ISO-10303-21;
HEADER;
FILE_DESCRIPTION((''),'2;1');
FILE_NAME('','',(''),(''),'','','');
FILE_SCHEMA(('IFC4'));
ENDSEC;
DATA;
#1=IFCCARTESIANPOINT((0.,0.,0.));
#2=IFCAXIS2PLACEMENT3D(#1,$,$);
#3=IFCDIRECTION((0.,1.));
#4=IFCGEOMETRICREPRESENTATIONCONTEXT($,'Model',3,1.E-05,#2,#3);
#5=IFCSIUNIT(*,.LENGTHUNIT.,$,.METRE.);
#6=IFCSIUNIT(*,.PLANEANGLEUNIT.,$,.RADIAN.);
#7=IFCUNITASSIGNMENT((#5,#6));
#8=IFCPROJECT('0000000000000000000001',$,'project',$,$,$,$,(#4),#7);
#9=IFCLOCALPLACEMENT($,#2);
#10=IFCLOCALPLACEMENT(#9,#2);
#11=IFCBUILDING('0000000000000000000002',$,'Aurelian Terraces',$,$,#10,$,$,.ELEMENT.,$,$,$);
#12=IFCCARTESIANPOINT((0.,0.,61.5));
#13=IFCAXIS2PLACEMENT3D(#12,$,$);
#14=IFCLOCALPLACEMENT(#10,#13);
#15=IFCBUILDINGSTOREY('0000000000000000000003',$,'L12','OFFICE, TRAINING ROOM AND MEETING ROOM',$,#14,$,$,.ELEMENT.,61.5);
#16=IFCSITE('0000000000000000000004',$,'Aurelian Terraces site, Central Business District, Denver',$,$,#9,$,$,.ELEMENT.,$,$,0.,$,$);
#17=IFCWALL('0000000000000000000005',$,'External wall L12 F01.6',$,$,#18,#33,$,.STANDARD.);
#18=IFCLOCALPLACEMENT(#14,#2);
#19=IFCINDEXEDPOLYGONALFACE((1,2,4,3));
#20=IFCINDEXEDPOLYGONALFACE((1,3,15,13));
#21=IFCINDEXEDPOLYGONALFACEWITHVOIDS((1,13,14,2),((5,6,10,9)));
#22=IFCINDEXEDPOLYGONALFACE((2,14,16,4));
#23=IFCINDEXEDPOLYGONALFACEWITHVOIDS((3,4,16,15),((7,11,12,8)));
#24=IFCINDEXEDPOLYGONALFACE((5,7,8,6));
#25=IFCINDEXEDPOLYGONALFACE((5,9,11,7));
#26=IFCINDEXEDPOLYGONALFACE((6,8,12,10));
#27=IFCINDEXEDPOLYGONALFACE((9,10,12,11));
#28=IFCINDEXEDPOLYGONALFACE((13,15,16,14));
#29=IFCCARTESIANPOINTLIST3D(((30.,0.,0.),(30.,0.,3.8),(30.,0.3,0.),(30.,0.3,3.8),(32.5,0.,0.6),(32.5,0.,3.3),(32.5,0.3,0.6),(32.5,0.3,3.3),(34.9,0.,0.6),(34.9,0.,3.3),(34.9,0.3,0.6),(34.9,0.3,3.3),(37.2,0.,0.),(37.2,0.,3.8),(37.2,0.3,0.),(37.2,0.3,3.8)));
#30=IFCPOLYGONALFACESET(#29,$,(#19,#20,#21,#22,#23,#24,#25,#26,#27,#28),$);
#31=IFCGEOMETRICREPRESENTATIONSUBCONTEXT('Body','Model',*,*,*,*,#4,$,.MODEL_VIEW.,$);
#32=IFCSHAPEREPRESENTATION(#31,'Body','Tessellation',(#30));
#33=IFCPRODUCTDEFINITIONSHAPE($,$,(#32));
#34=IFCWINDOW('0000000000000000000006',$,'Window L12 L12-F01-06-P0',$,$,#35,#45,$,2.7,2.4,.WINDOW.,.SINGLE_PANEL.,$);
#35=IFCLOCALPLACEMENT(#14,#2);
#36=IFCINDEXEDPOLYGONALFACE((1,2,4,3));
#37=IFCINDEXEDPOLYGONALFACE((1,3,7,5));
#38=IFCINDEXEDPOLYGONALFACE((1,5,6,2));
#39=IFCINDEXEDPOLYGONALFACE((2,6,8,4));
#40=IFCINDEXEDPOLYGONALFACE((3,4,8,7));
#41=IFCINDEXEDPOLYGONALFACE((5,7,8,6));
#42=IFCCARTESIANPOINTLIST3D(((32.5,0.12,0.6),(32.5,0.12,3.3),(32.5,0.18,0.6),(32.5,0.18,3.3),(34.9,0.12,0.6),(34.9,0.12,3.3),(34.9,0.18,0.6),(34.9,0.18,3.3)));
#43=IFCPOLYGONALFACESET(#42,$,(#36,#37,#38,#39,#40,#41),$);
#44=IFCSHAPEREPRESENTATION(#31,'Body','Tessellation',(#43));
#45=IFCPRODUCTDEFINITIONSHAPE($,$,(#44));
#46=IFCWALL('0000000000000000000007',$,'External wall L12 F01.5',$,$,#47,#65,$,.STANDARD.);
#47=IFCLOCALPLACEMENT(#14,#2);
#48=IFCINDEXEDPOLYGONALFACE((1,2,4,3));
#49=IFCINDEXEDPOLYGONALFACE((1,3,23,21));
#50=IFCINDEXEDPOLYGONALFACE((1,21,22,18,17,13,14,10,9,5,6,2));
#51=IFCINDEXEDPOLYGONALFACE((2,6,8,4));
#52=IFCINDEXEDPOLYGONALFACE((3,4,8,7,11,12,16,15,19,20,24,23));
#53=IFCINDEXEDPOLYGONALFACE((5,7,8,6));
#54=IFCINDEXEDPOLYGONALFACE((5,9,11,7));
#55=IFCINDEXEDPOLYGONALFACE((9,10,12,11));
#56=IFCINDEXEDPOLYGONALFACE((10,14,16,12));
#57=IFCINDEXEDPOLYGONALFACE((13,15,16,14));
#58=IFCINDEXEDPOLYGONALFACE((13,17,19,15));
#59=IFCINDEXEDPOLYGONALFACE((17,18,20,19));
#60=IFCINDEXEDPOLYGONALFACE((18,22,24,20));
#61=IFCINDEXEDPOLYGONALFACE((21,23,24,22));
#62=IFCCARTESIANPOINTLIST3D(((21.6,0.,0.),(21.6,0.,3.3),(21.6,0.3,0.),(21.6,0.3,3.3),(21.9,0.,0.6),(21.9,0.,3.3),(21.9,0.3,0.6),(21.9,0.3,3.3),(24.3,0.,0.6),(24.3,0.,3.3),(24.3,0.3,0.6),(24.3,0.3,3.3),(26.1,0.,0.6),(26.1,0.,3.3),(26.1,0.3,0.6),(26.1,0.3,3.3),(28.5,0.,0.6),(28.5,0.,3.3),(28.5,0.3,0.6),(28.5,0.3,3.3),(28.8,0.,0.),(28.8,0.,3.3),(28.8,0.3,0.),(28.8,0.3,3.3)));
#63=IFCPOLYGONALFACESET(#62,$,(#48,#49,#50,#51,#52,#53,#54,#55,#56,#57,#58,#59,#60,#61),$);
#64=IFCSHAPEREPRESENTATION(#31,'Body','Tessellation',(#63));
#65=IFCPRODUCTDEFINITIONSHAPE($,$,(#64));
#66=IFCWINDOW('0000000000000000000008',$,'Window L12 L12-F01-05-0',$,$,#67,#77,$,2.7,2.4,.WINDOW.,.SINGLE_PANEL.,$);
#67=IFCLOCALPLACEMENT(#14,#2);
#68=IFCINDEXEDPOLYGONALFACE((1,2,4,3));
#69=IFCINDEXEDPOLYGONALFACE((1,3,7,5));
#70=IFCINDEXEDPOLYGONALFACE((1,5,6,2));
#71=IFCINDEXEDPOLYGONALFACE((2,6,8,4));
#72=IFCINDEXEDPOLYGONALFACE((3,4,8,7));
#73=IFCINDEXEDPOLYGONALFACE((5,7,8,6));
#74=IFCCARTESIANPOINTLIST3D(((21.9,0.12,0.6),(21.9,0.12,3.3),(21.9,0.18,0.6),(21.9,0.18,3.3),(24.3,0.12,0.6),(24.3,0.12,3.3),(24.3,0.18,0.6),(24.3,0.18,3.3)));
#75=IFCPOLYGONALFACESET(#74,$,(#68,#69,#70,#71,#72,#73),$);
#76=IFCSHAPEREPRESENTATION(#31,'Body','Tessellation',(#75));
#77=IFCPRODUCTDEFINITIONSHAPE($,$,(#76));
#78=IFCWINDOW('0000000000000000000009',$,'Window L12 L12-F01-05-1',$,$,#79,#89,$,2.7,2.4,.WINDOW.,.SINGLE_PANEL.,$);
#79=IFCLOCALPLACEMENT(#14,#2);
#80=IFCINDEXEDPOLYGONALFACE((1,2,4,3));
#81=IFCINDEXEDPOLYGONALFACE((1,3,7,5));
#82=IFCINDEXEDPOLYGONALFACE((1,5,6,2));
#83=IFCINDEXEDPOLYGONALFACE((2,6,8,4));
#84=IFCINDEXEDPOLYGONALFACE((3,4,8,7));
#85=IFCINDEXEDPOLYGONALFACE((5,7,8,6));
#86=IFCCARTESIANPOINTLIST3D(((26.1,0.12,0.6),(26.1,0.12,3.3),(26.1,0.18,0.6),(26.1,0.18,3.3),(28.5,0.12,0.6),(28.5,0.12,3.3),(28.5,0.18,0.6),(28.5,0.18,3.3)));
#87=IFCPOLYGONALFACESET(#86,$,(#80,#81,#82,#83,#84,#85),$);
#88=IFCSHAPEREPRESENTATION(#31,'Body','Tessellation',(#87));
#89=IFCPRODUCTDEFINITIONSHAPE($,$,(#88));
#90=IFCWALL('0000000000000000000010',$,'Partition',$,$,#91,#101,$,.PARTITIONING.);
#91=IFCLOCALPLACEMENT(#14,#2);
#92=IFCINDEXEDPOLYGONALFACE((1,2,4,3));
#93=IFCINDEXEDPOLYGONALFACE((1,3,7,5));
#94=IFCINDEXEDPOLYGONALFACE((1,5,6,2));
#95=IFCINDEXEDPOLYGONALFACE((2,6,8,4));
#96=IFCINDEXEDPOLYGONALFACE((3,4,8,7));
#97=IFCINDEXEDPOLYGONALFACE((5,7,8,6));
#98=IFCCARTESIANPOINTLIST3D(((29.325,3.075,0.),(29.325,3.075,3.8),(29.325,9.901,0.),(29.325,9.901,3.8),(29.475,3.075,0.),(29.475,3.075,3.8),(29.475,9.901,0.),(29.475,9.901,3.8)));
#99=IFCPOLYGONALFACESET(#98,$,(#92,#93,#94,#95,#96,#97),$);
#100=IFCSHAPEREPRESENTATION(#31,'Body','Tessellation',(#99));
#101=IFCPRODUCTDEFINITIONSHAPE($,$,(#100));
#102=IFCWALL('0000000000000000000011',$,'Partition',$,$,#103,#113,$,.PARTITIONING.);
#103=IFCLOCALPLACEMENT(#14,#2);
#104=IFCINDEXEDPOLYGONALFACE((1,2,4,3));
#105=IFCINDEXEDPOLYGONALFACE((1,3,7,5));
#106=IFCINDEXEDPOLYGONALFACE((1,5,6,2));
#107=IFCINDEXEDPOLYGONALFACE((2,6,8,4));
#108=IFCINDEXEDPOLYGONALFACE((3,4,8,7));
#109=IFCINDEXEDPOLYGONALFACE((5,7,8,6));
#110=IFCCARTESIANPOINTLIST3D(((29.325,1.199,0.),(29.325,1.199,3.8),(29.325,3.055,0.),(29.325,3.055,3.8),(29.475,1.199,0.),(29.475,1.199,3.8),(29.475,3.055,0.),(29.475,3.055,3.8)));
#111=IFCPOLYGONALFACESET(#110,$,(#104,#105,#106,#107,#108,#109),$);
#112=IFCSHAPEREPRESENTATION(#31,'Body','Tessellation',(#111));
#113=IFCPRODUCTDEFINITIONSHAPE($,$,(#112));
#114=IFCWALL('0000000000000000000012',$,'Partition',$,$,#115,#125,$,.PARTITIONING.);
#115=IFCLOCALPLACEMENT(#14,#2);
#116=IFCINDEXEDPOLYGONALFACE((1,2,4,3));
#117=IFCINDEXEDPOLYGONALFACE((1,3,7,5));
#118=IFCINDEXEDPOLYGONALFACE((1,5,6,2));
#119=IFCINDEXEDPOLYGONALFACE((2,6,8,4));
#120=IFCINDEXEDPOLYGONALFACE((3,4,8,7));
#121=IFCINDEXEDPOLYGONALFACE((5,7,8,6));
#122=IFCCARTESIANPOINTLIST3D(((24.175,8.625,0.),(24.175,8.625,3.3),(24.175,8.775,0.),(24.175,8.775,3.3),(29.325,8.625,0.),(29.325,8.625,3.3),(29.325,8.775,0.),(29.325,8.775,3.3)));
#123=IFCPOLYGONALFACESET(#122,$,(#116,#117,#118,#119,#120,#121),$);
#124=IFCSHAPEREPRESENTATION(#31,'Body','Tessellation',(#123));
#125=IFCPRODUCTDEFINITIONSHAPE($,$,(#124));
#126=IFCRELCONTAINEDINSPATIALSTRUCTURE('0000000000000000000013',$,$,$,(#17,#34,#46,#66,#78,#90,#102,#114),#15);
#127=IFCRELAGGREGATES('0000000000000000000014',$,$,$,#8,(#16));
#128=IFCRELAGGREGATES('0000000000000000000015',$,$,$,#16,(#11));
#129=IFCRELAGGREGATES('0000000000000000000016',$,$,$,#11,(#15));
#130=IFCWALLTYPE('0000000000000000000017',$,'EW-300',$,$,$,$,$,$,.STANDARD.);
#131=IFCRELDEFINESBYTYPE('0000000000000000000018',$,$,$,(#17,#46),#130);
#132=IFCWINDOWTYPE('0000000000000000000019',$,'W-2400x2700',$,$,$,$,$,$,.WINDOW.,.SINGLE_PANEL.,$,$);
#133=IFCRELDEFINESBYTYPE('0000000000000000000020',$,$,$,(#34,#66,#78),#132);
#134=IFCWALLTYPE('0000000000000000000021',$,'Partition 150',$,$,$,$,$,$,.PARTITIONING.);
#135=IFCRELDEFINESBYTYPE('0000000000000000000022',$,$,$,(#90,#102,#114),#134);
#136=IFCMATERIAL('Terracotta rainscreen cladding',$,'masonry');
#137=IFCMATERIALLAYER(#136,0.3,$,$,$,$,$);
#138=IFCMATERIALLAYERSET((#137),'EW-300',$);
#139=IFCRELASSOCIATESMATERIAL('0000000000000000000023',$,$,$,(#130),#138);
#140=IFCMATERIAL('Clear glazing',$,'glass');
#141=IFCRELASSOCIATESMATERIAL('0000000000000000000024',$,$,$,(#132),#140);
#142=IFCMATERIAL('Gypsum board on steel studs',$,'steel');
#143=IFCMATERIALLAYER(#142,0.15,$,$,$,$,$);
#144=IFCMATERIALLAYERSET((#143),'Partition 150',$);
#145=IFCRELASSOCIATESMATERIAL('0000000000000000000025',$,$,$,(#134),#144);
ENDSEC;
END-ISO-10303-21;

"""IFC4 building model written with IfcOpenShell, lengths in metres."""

from ifc_helpers import new_model, si_unit, direction, frame, frame_2d, origin, place, context, subcontext, project, spatial, rectangle, extrude, source, transform, mapped, material, layer, layer_set, type_object, element, fill, save


model = new_model("IFC4")

# Units and contexts
model_context = context("Model", 3, precision=1e-05, world=origin(), true_north=direction((0.0, 1.0)))
body_context = subcontext(model_context, "Body", "Model", "MODEL_VIEW")
ifc_project = project(units=[si_unit("LENGTHUNIT", "METRE"), si_unit("PLANEANGLEUNIT", "RADIAN")], contexts=[model_context])

# Site, building, storey
site_placement = place(None, origin())
site = spatial("IfcSite", under=ifc_project, at=site_placement, Name="Aurelian Terraces site, Central Business District, Denver", CompositionType="ELEMENT", RefElevation=0.0)
building_placement = place(site_placement, origin())
building = spatial("IfcBuilding", under=site, at=building_placement, Name="Aurelian Terraces", CompositionType="ELEMENT")
storey_placement = place(building_placement, frame((0.0, 0.0, 61.5)))
storey = spatial("IfcBuildingStorey", under=building, at=storey_placement, Name="L12", Description="OFFICE, TRAINING ROOM AND MEETING ROOM", CompositionType="ELEMENT", Elevation=61.5)

# Wall, opening, window
ifc_material_1 = material(Name="Terracotta rainscreen cladding", Category="masonry")
ifc_layer_1 = layer(ifc_material_1, 0.3)
ifc_layer_set_1 = layer_set([ifc_layer_1], Name="EW-300")
wall_type_1 = type_object("IfcWallType", Name="EW-300", PredefinedType="STANDARD", material=ifc_layer_set_1)
shared_shape_1 = source(origin(), body_context, "Body", "SweptSolid", [
    extrude(rectangle(XDim=7.2, YDim=0.3, at=frame_2d((3.6, 0.0))), origin(), (0.0, 0.0, 1.0), 3.8),
])
wall_1_placement = place(storey_placement, frame((30.0, 0.15, 0.0), z_axis=(0.0, 0.0, 1.0), x_axis=(1.0, 0.0, 0.0)))
wall_1 = element("IfcWall", 1, at=wall_1_placement, inside=storey, type_object=wall_type_1, Name="External wall L12 F01.6", PredefinedType="STANDARD", context=body_context, shape_type="MappedRepresentation", body=[
    mapped(shared_shape_1, transform((0.0, 0.0, 0.0), scale=1.0)),
])
shared_shape_2 = source(origin(), body_context, "Body", "SweptSolid", [
    extrude(rectangle(XDim=2.4, YDim=2.7, at=frame_2d((1.2, 1.35))), frame((0.0, 0.16, 0.0), z_axis=(0.0, -1.0, 0.0), x_axis=(1.0, 0.0, 0.0)), (0.0, 0.0, 1.0), 0.32),
])
opening_1_placement = place(wall_1_placement, frame((2.5, 0.0, 0.6)))
opening_1 = element("IfcOpeningElement", 2, at=opening_1_placement, cuts=wall_1, PredefinedType="OPENING", context=body_context, shape_type="MappedRepresentation", body=[
    mapped(shared_shape_2, transform((0.0, 0.0, 0.0), scale=1.0)),
])
ifc_material_2 = material(Name="Clear glazing", Category="glass")
window_type = type_object("IfcWindowType", Name="W-2400x2700", PartitioningType="SINGLE_PANEL", PredefinedType="WINDOW", material=ifc_material_2)
shared_shape_3 = source(origin(), body_context, "Body", "SweptSolid", [
    extrude(rectangle(XDim=2.4, YDim=2.7, at=frame_2d((1.2, 1.35))), frame((0.0, 0.03, 0.0), z_axis=(0.0, -1.0, 0.0), x_axis=(1.0, 0.0, 0.0)), (0.0, 0.0, 1.0), 0.06),
])
window_1_placement = place(opening_1_placement, origin())
window_1 = element("IfcWindow", 3, at=window_1_placement, inside=storey, type_object=window_type, Name="Window L12 L12-F01-06-P0", OverallHeight=2.7, OverallWidth=2.4, PartitioningType="SINGLE_PANEL", PredefinedType="WINDOW", context=body_context, shape_type="MappedRepresentation", body=[
    mapped(shared_shape_3, transform((0.0, 0.0, 0.0), scale=1.0)),
])
fill(opening_1, window_1)

# Wall, openings, windows
shared_shape_4 = source(origin(), body_context, "Body", "SweptSolid", [
    extrude(rectangle(XDim=7.2, YDim=0.3, at=frame_2d((3.6, 0.0))), origin(), (0.0, 0.0, 1.0), 3.3),
])
wall_2_placement = place(storey_placement, frame((21.6, 0.15, 0.0), z_axis=(0.0, 0.0, 1.0), x_axis=(1.0, 0.0, 0.0)))
wall_2 = element("IfcWall", 4, at=wall_2_placement, inside=storey, type_object=wall_type_1, Name="External wall L12 F01.5", PredefinedType="STANDARD", context=body_context, shape_type="MappedRepresentation", body=[
    mapped(shared_shape_4, transform((0.0, 0.0, 0.0), scale=1.0)),
])
opening_2_placement = place(wall_2_placement, frame((0.3, 0.0, 0.6)))
opening_2 = element("IfcOpeningElement", 5, at=opening_2_placement, cuts=wall_2, PredefinedType="OPENING", context=body_context, shape_type="MappedRepresentation", body=[
    mapped(shared_shape_2, transform((0.0, 0.0, 0.0), scale=1.0)),
])
opening_3_placement = place(wall_2_placement, frame((4.5, 0.0, 0.6)))
opening_3 = element("IfcOpeningElement", 6, at=opening_3_placement, cuts=wall_2, PredefinedType="OPENING", context=body_context, shape_type="MappedRepresentation", body=[
    mapped(shared_shape_2, transform((0.0, 0.0, 0.0), scale=1.0)),
])
window_2_placement = place(opening_2_placement, origin())
window_2 = element("IfcWindow", 7, at=window_2_placement, inside=storey, type_object=window_type, Name="Window L12 L12-F01-05-0", OverallHeight=2.7, OverallWidth=2.4, PartitioningType="SINGLE_PANEL", PredefinedType="WINDOW", context=body_context, shape_type="MappedRepresentation", body=[
    mapped(shared_shape_3, transform((0.0, 0.0, 0.0), scale=1.0)),
])
fill(opening_2, window_2)
window_3_placement = place(opening_3_placement, origin())
window_3 = element("IfcWindow", 8, at=window_3_placement, inside=storey, type_object=window_type, Name="Window L12 L12-F01-05-1", OverallHeight=2.7, OverallWidth=2.4, PartitioningType="SINGLE_PANEL", PredefinedType="WINDOW", context=body_context, shape_type="MappedRepresentation", body=[
    mapped(shared_shape_3, transform((0.0, 0.0, 0.0), scale=1.0)),
])
fill(opening_3, window_3)

# Walls
ifc_material_3 = material(Name="Gypsum board on steel studs", Category="steel")
ifc_layer_2 = layer(ifc_material_3, 0.15)
ifc_layer_set_2 = layer_set([ifc_layer_2], Name="Partition 150")
wall_type_2 = type_object("IfcWallType", Name="Partition 150", PredefinedType="PARTITIONING", material=ifc_layer_set_2)
shared_shape_5 = source(origin(), body_context, "Body", "SweptSolid", [
    extrude(rectangle(XDim=6.826, YDim=0.15, at=frame_2d((3.413, 0.0))), origin(), (0.0, 0.0, 1.0), 3.8),
])
wall_3_placement = place(storey_placement, frame((29.4, 3.075, 0.0), z_axis=(0.0, 0.0, 1.0), x_axis=(0.0, 1.0, 0.0)))
element("IfcWall", 9, at=wall_3_placement, inside=storey, type_object=wall_type_2, Name="Partition", PredefinedType="PARTITIONING", context=body_context, shape_type="MappedRepresentation", body=[
    mapped(shared_shape_5, transform((0.0, 0.0, 0.0), scale=1.0)),
])
shared_shape_6 = source(origin(), body_context, "Body", "SweptSolid", [
    extrude(rectangle(XDim=1.856, YDim=0.15, at=frame_2d((0.928, 0.0))), origin(), (0.0, 0.0, 1.0), 3.8),
])
wall_4_placement = place(storey_placement, frame((29.4, 1.199, 0.0), z_axis=(0.0, 0.0, 1.0), x_axis=(0.0, 1.0, 0.0)))
element("IfcWall", 10, at=wall_4_placement, inside=storey, type_object=wall_type_2, Name="Partition", PredefinedType="PARTITIONING", context=body_context, shape_type="MappedRepresentation", body=[
    mapped(shared_shape_6, transform((0.0, 0.0, 0.0), scale=1.0)),
])
shared_shape_7 = source(origin(), body_context, "Body", "SweptSolid", [
    extrude(rectangle(XDim=5.15, YDim=0.15, at=frame_2d((2.575, 0.0))), origin(), (0.0, 0.0, 1.0), 3.3),
])
wall_5_placement = place(storey_placement, frame((29.325, 8.7, 0.0), z_axis=(0.0, 0.0, 1.0), x_axis=(-1.0, 0.0, 0.0)))
element("IfcWall", 11, at=wall_5_placement, inside=storey, type_object=wall_type_2, Name="Partition", PredefinedType="PARTITIONING", context=body_context, shape_type="MappedRepresentation", body=[
    mapped(shared_shape_7, transform((0.0, 0.0, 0.0), scale=1.0)),
])

save(model, "model.ifc")
